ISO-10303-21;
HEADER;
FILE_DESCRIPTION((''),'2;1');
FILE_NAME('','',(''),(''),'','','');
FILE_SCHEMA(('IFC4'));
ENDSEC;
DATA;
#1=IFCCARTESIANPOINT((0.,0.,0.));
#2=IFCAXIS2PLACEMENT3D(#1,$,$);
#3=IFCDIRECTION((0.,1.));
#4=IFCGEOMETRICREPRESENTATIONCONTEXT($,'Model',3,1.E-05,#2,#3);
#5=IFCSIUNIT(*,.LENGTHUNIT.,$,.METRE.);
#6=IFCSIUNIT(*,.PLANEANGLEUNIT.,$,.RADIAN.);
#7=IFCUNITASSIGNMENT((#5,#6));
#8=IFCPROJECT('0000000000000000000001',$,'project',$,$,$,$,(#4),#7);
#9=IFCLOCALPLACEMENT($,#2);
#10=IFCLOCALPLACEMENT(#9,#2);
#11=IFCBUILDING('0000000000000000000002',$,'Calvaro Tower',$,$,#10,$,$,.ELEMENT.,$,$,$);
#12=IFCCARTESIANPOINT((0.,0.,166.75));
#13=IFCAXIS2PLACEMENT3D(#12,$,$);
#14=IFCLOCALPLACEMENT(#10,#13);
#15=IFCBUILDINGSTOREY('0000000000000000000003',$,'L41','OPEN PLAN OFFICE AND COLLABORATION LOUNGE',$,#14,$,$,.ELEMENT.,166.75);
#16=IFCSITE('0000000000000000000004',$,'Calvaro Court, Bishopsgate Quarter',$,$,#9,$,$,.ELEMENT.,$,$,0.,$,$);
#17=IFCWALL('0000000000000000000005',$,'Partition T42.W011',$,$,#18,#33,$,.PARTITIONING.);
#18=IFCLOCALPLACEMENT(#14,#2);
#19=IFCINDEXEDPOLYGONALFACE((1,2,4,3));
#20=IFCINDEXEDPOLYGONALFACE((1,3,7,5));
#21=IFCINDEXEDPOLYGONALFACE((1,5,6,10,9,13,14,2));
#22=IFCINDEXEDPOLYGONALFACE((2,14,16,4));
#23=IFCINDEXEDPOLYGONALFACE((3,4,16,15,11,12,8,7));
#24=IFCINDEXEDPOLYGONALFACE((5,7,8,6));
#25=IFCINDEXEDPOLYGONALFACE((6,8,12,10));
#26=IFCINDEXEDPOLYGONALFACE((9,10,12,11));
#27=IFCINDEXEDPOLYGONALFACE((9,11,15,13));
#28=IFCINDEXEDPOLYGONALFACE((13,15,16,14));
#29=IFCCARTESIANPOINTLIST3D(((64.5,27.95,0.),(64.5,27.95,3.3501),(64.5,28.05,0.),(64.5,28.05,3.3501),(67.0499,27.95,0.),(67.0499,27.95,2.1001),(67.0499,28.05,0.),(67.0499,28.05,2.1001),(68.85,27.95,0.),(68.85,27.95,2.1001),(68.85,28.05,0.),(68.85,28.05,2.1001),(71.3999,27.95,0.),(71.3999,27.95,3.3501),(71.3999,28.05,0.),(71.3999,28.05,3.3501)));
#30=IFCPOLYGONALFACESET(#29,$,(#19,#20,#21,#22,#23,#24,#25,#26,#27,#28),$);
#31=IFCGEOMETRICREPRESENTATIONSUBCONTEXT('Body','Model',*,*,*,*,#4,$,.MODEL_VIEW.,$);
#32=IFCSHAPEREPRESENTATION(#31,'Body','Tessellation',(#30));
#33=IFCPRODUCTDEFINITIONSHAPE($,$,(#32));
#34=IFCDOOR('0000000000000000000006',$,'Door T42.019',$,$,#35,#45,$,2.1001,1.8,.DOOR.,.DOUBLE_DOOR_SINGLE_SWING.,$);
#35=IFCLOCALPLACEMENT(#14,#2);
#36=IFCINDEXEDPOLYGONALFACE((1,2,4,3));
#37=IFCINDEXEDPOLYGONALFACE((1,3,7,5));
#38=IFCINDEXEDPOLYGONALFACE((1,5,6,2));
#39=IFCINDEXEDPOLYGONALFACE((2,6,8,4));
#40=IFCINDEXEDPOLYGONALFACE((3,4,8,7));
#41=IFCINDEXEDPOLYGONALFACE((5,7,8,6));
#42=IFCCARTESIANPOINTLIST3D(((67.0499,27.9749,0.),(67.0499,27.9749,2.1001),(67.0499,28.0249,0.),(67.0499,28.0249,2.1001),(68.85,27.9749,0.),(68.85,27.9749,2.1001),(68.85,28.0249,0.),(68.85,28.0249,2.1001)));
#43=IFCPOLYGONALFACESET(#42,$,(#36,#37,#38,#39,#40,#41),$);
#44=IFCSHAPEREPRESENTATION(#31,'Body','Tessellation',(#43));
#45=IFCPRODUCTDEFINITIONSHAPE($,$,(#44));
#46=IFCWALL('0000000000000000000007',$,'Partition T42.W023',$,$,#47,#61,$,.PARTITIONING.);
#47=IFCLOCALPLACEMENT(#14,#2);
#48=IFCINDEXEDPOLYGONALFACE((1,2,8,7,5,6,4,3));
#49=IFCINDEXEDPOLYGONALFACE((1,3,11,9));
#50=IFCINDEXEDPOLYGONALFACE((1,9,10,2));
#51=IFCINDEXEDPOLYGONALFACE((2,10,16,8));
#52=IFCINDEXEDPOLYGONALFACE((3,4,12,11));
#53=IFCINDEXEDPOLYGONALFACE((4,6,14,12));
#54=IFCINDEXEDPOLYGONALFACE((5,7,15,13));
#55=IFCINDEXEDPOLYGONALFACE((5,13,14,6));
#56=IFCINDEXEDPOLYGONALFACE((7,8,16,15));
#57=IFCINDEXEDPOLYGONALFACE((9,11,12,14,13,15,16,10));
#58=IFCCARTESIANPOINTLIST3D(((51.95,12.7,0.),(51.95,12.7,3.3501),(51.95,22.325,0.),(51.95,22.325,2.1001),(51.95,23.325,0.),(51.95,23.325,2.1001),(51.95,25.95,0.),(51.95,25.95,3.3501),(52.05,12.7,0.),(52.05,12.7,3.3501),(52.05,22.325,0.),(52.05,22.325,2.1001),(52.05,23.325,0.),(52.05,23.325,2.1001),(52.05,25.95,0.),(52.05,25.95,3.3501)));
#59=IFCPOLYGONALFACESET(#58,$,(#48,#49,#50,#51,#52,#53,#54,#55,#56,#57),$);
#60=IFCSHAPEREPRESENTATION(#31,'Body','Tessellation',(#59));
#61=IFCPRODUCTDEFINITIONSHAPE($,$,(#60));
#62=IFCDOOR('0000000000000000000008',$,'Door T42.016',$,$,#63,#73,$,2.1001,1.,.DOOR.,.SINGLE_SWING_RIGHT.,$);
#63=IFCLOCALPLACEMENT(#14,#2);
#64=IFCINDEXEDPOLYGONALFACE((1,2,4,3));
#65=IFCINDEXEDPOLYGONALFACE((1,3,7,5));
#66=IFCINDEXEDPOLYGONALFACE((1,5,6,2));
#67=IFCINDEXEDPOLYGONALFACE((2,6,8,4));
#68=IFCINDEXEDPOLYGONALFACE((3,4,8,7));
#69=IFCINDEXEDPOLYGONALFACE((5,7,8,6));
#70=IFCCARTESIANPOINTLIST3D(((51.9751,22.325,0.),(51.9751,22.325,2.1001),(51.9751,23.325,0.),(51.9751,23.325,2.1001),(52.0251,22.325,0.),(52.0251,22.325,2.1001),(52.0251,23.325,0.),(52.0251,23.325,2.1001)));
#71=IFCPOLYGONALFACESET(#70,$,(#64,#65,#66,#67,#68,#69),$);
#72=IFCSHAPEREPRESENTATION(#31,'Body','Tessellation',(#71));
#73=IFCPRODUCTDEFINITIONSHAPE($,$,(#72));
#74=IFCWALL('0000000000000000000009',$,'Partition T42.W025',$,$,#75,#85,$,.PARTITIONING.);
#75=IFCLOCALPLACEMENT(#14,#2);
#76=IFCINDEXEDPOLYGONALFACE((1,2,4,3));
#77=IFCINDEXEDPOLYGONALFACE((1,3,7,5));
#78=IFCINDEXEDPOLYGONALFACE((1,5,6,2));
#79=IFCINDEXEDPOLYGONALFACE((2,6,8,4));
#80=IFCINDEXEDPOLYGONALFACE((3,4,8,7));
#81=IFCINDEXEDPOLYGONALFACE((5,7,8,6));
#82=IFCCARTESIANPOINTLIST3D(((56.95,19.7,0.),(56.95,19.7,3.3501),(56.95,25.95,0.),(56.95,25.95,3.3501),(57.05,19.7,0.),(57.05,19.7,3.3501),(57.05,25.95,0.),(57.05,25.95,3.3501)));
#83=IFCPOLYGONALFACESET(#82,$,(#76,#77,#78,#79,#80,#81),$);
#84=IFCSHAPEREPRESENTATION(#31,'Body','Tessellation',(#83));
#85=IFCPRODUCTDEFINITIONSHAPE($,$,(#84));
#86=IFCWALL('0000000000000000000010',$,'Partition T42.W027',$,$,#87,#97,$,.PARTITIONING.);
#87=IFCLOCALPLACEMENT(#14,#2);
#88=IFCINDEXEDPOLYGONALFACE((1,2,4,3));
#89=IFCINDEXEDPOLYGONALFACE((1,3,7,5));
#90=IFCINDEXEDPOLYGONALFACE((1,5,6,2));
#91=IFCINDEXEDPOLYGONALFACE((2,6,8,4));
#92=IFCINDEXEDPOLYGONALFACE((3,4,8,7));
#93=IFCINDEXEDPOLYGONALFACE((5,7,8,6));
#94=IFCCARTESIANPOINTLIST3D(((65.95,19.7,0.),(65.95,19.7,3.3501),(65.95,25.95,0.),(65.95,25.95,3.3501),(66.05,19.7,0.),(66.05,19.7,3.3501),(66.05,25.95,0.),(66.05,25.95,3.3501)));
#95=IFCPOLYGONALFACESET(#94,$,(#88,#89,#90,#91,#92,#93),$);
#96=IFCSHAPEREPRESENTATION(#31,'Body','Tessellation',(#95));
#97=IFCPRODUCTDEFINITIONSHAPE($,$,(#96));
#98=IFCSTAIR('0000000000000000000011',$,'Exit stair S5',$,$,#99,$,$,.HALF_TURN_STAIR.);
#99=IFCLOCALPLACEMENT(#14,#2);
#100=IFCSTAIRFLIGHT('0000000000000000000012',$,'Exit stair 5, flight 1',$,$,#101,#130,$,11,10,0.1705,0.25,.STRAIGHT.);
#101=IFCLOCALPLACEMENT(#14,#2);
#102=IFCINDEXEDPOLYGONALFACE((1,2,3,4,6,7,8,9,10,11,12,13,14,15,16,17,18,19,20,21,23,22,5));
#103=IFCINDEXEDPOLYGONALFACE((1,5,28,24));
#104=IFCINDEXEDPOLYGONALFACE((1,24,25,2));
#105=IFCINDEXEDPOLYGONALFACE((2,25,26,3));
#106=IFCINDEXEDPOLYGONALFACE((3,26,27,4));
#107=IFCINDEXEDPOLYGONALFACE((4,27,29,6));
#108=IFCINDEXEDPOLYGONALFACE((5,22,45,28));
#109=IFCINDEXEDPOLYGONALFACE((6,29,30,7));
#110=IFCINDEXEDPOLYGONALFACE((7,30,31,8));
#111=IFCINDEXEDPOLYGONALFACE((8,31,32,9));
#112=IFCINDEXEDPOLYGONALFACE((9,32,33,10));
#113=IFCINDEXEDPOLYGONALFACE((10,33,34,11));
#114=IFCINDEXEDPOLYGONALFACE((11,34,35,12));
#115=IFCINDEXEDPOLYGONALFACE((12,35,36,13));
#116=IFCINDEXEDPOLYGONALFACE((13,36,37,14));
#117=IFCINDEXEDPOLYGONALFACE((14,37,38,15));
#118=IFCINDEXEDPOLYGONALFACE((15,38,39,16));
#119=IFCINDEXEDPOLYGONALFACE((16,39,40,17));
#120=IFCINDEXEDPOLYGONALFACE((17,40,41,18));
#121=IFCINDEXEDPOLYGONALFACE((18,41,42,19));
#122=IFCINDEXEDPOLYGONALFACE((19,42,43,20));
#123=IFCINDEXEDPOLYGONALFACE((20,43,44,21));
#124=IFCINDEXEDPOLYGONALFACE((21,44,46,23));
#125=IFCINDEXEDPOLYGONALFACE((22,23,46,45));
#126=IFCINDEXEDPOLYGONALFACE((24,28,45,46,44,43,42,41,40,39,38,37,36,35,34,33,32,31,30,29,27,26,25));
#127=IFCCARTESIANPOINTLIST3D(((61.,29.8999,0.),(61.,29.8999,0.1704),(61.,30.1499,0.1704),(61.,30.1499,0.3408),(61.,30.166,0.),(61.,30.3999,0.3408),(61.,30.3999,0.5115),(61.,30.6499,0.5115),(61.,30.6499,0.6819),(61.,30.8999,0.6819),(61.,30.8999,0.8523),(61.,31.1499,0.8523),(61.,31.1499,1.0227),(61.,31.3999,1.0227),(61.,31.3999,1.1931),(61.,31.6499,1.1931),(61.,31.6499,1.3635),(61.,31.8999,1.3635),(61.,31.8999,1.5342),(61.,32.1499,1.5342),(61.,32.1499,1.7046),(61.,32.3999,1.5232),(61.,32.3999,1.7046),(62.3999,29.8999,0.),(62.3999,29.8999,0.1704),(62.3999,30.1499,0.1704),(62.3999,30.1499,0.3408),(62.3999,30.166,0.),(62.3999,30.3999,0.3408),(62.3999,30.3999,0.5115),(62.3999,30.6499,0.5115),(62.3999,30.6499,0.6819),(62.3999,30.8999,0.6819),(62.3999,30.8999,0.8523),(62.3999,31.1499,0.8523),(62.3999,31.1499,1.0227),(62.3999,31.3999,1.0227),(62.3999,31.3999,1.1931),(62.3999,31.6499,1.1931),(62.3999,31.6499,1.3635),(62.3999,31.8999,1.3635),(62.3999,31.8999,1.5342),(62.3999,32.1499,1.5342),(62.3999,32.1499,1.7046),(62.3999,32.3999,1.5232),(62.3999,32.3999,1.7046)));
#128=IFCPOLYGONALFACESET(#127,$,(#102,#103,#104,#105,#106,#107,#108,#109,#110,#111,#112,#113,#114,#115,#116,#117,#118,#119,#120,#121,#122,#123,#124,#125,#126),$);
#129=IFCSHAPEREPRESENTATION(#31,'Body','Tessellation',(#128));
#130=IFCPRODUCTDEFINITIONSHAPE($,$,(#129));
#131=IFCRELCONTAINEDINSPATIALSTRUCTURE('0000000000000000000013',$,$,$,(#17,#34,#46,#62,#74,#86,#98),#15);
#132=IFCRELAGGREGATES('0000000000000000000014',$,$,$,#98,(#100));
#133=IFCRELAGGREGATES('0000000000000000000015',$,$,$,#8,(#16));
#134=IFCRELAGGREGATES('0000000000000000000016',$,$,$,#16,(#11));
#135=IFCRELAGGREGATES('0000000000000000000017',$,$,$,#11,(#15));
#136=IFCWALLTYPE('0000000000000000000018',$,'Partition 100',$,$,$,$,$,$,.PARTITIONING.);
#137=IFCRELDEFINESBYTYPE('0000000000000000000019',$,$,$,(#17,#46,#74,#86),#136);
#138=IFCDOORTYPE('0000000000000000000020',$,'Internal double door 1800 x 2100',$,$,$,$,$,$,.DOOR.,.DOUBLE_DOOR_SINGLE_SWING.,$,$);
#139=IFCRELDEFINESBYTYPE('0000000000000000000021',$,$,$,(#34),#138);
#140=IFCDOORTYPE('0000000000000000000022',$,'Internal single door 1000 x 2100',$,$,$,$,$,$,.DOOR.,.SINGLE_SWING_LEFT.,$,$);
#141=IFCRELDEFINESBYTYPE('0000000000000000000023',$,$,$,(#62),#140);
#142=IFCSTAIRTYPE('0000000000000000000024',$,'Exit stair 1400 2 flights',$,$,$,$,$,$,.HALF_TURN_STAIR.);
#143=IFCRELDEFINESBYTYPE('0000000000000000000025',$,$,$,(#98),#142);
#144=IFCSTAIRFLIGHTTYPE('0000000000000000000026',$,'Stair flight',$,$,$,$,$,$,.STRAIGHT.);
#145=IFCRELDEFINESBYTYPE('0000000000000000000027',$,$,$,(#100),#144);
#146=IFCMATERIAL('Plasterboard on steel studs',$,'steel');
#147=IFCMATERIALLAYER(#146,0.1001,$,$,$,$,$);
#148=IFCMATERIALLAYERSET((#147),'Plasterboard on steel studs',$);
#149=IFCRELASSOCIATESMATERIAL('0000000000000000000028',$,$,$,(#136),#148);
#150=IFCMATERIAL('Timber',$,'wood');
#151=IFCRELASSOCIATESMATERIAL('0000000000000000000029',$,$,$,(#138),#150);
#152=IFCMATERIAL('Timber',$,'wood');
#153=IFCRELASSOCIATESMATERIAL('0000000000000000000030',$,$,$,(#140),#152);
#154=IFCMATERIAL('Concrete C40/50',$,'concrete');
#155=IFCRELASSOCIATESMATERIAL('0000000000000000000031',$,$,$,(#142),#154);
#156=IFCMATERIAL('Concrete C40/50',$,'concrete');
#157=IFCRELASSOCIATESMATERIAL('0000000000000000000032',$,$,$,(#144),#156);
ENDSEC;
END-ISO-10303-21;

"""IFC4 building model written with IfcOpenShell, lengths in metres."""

from ifc_helpers import new_model, si_unit, direction, frame, frame_2d, origin, place, context, subcontext, project, spatial, polyline, rectangle, outline, extrude, material, layer, layer_set, type_object, element, fill, aggregate, save


model = new_model("IFC4")

# Units and contexts
model_context = context("Model", 3, precision=1e-05, world=origin(), true_north=direction((0.0, 1.0)))
body_context = subcontext(model_context, "Body", "Model", "MODEL_VIEW")
ifc_project = project(units=[si_unit("LENGTHUNIT", "METRE"), si_unit("PLANEANGLEUNIT", "RADIAN")], contexts=[model_context])

# Site, building, storey
site_placement = place(None, origin())
site = spatial("IfcSite", under=ifc_project, at=site_placement, Name="Calvaro Court, Bishopsgate Quarter", CompositionType="ELEMENT", RefElevation=0.0)
building_placement = place(site_placement, origin())
building = spatial("IfcBuilding", under=site, at=building_placement, Name="Calvaro Tower", CompositionType="ELEMENT")
storey_placement = place(building_placement, frame((0.0, 0.0, 166.75)))
storey = spatial("IfcBuildingStorey", under=building, at=storey_placement, Name="L41", Description="OPEN PLAN OFFICE AND COLLABORATION LOUNGE", CompositionType="ELEMENT", Elevation=166.75)

# Shared definitions
ifc_material_1 = material(Name="Plasterboard on steel studs", Category="steel")
ifc_layer_1 = layer(ifc_material_1, 0.1001)
ifc_layer_set_1 = layer_set([ifc_layer_1], Name="Plasterboard on steel studs")
wall_type_1 = type_object("IfcWallType", Name="Partition 100", PredefinedType="PARTITIONING", material=ifc_layer_set_1)
ifc_material_2 = material(Name="Timber", Category="wood")
door_type_1 = type_object("IfcDoorType", Name="Internal double door 1800 x 2100", OperationType="DOUBLE_DOOR_SINGLE_SWING", PredefinedType="DOOR", material=ifc_material_2)

# Shared definitions
ifc_material_3 = material(Name="Timber", Category="wood")
door_type_2 = type_object("IfcDoorType", Name="Internal single door 1000 x 2100", OperationType="SINGLE_SWING_LEFT", PredefinedType="DOOR", material=ifc_material_3)

# Walls, openings, doors
wall_1_placement = place(storey_placement, frame((64.5, 28.0, 0.0), z_axis=(0.0, 0.0, 1.0), x_axis=(1.0, 0.0, 0.0)))
wall_1 = element("IfcWall", 1, at=wall_1_placement, inside=storey, type_object=wall_type_1, Name="Partition T42.W011", PredefinedType="PARTITIONING", context=body_context, shape_type="SweptSolid", body=[
    extrude(rectangle(XDim=6.8999, YDim=0.1001, at=frame_2d((3.45, 0.0))), origin(), (0.0, 0.0, 1.0), 3.3501),
])
opening_1_placement = place(wall_1_placement, frame((2.55, 0.0, 0.0)))
opening_1 = element("IfcOpeningElement", 2, at=opening_1_placement, cuts=wall_1, PredefinedType="OPENING", context=body_context, shape_type="SweptSolid", body=[
    extrude(rectangle(XDim=1.8, YDim=2.1001, at=frame_2d((0.8999, 1.05))), frame((0.0, 0.0601, 0.0), z_axis=(0.0, -1.0, 0.0), x_axis=(1.0, 0.0, 0.0)), (0.0, 0.0, 1.0), 0.1201),
])
door_1_placement = place(opening_1_placement, origin())
door_1 = element("IfcDoor", 3, at=door_1_placement, inside=storey, type_object=door_type_1, Name="Door T42.019", OperationType="DOUBLE_DOOR_SINGLE_SWING", OverallHeight=2.1001, OverallWidth=1.8, PredefinedType="DOOR", context=body_context, shape_type="SweptSolid", body=[
    extrude(rectangle(XDim=1.8, YDim=2.1001, at=frame_2d((0.8999, 1.05))), frame((0.0, 0.0249, 0.0), z_axis=(0.0, -1.0, 0.0), x_axis=(1.0, 0.0, 0.0)), (0.0, 0.0, 1.0), 0.05),
])
fill(opening_1, door_1)
wall_2_placement = place(storey_placement, frame((52.0, 12.7, 0.0), z_axis=(0.0, 0.0, 1.0), x_axis=(0.0, 1.0, 0.0)))
wall_2 = element("IfcWall", 4, at=wall_2_placement, inside=storey, type_object=wall_type_1, Name="Partition T42.W023", PredefinedType="PARTITIONING", context=body_context, shape_type="SweptSolid", body=[
    extrude(rectangle(XDim=13.25, YDim=0.1001, at=frame_2d((6.625, 0.0))), origin(), (0.0, 0.0, 1.0), 3.3501),
])
opening_2_placement = place(wall_2_placement, frame((9.625, 0.0, 0.0)))
opening_2 = element("IfcOpeningElement", 5, at=opening_2_placement, cuts=wall_2, PredefinedType="OPENING", context=body_context, shape_type="SweptSolid", body=[
    extrude(rectangle(XDim=1.0, YDim=2.1001, at=frame_2d((0.5, 1.05))), frame((0.0, 0.0601, 0.0), z_axis=(0.0, -1.0, 0.0), x_axis=(1.0, 0.0, 0.0)), (0.0, 0.0, 1.0), 0.1201),
])
door_2_placement = place(opening_2_placement, origin())
door_2 = element("IfcDoor", 6, at=door_2_placement, inside=storey, type_object=door_type_2, Name="Door T42.016", OperationType="SINGLE_SWING_RIGHT", OverallHeight=2.1001, OverallWidth=1.0, PredefinedType="DOOR", context=body_context, shape_type="SweptSolid", body=[
    extrude(rectangle(XDim=1.0, YDim=2.1001, at=frame_2d((0.5, 1.05))), frame((0.0, 0.0249, 0.0), z_axis=(0.0, -1.0, 0.0), x_axis=(1.0, 0.0, 0.0)), (0.0, 0.0, 1.0), 0.05),
])
fill(opening_2, door_2)

# Walls
for number, where, z_axis, x_axis, name in (
    (7, (57.0, 19.7, 0.0), (0.0, 0.0, 1.0), (0.0, 1.0, 0.0), "Partition T42.W025"),
    (8, (66.0, 19.7, 0.0), (0.0, 0.0, 1.0), (0.0, 1.0, 0.0), "Partition T42.W027"),
):
    element("IfcWall", number, at=place(storey_placement, frame(where, z_axis=z_axis, x_axis=x_axis)), inside=storey, type_object=wall_type_1, Name=name, PredefinedType="PARTITIONING", context=body_context, shape_type="SweptSolid", body=[
        extrude(rectangle(XDim=6.25, YDim=0.1001, at=frame_2d((3.125, 0.0))), origin(), (0.0, 0.0, 1.0), 3.3501),
    ])

# Stair, stair flight
ifc_material_4 = material(Name="Concrete C40/50", Category="concrete")
stair_type = type_object("IfcStairType", Name="Exit stair 1400 2 flights", PredefinedType="HALF_TURN_STAIR", material=ifc_material_4)
stair_1_placement = place(storey_placement, origin())
stair_1 = element("IfcStair", 9, at=stair_1_placement, inside=storey, type_object=stair_type, Name="Exit stair S5", PredefinedType="HALF_TURN_STAIR")
ifc_material_5 = material(Name="Concrete C40/50", Category="concrete")
stair_flight_type = type_object("IfcStairFlightType", Name="Stair flight", PredefinedType="STRAIGHT", material=ifc_material_5)
stair_flight_placement = place(storey_placement, frame((61.7, 29.8999, 0.0), z_axis=(0.0, 0.0, 1.0), x_axis=(0.0, 1.0, 0.0)))
stair_flight = element("IfcStairFlight", 10, at=stair_flight_placement, type_object=stair_flight_type, Name="Exit stair 5, flight 1", NumberOfRisers=11, NumberOfTreads=10, PredefinedType="STRAIGHT", RiserHeight=0.1705, TreadLength=0.25, context=body_context, shape_type="SweptSolid", body=[
    extrude(outline(polyline([(0.0, 0.0), (0.0, 0.1704), (0.25, 0.1704), (0.25, 0.3408), (0.5, 0.3408), (0.5, 0.5115), (0.75, 0.5115), (0.75, 0.6819), (1.0, 0.6819), (1.0, 0.8523), (1.25, 0.8523), (1.25, 1.0227), (1.5, 1.0227), (1.5, 1.1931), (1.75, 1.1931), (1.75, 1.3635), (2.0, 1.3635), (2.0, 1.5342), (2.25, 1.5342), (2.25, 1.7046), (2.5, 1.7046), (2.5, 1.875), (2.5, 1.5232), (0.2661, 0.0), (0.0, 0.0)])), frame((0.0, 0.7, 0.0), z_axis=(0.0, -1.0, 0.0), x_axis=(1.0, 0.0, 0.0)), (0.0, 0.0, 1.0), 1.3999),
])

aggregate(stair_1, [stair_flight])

save(model, "model.ifc")
